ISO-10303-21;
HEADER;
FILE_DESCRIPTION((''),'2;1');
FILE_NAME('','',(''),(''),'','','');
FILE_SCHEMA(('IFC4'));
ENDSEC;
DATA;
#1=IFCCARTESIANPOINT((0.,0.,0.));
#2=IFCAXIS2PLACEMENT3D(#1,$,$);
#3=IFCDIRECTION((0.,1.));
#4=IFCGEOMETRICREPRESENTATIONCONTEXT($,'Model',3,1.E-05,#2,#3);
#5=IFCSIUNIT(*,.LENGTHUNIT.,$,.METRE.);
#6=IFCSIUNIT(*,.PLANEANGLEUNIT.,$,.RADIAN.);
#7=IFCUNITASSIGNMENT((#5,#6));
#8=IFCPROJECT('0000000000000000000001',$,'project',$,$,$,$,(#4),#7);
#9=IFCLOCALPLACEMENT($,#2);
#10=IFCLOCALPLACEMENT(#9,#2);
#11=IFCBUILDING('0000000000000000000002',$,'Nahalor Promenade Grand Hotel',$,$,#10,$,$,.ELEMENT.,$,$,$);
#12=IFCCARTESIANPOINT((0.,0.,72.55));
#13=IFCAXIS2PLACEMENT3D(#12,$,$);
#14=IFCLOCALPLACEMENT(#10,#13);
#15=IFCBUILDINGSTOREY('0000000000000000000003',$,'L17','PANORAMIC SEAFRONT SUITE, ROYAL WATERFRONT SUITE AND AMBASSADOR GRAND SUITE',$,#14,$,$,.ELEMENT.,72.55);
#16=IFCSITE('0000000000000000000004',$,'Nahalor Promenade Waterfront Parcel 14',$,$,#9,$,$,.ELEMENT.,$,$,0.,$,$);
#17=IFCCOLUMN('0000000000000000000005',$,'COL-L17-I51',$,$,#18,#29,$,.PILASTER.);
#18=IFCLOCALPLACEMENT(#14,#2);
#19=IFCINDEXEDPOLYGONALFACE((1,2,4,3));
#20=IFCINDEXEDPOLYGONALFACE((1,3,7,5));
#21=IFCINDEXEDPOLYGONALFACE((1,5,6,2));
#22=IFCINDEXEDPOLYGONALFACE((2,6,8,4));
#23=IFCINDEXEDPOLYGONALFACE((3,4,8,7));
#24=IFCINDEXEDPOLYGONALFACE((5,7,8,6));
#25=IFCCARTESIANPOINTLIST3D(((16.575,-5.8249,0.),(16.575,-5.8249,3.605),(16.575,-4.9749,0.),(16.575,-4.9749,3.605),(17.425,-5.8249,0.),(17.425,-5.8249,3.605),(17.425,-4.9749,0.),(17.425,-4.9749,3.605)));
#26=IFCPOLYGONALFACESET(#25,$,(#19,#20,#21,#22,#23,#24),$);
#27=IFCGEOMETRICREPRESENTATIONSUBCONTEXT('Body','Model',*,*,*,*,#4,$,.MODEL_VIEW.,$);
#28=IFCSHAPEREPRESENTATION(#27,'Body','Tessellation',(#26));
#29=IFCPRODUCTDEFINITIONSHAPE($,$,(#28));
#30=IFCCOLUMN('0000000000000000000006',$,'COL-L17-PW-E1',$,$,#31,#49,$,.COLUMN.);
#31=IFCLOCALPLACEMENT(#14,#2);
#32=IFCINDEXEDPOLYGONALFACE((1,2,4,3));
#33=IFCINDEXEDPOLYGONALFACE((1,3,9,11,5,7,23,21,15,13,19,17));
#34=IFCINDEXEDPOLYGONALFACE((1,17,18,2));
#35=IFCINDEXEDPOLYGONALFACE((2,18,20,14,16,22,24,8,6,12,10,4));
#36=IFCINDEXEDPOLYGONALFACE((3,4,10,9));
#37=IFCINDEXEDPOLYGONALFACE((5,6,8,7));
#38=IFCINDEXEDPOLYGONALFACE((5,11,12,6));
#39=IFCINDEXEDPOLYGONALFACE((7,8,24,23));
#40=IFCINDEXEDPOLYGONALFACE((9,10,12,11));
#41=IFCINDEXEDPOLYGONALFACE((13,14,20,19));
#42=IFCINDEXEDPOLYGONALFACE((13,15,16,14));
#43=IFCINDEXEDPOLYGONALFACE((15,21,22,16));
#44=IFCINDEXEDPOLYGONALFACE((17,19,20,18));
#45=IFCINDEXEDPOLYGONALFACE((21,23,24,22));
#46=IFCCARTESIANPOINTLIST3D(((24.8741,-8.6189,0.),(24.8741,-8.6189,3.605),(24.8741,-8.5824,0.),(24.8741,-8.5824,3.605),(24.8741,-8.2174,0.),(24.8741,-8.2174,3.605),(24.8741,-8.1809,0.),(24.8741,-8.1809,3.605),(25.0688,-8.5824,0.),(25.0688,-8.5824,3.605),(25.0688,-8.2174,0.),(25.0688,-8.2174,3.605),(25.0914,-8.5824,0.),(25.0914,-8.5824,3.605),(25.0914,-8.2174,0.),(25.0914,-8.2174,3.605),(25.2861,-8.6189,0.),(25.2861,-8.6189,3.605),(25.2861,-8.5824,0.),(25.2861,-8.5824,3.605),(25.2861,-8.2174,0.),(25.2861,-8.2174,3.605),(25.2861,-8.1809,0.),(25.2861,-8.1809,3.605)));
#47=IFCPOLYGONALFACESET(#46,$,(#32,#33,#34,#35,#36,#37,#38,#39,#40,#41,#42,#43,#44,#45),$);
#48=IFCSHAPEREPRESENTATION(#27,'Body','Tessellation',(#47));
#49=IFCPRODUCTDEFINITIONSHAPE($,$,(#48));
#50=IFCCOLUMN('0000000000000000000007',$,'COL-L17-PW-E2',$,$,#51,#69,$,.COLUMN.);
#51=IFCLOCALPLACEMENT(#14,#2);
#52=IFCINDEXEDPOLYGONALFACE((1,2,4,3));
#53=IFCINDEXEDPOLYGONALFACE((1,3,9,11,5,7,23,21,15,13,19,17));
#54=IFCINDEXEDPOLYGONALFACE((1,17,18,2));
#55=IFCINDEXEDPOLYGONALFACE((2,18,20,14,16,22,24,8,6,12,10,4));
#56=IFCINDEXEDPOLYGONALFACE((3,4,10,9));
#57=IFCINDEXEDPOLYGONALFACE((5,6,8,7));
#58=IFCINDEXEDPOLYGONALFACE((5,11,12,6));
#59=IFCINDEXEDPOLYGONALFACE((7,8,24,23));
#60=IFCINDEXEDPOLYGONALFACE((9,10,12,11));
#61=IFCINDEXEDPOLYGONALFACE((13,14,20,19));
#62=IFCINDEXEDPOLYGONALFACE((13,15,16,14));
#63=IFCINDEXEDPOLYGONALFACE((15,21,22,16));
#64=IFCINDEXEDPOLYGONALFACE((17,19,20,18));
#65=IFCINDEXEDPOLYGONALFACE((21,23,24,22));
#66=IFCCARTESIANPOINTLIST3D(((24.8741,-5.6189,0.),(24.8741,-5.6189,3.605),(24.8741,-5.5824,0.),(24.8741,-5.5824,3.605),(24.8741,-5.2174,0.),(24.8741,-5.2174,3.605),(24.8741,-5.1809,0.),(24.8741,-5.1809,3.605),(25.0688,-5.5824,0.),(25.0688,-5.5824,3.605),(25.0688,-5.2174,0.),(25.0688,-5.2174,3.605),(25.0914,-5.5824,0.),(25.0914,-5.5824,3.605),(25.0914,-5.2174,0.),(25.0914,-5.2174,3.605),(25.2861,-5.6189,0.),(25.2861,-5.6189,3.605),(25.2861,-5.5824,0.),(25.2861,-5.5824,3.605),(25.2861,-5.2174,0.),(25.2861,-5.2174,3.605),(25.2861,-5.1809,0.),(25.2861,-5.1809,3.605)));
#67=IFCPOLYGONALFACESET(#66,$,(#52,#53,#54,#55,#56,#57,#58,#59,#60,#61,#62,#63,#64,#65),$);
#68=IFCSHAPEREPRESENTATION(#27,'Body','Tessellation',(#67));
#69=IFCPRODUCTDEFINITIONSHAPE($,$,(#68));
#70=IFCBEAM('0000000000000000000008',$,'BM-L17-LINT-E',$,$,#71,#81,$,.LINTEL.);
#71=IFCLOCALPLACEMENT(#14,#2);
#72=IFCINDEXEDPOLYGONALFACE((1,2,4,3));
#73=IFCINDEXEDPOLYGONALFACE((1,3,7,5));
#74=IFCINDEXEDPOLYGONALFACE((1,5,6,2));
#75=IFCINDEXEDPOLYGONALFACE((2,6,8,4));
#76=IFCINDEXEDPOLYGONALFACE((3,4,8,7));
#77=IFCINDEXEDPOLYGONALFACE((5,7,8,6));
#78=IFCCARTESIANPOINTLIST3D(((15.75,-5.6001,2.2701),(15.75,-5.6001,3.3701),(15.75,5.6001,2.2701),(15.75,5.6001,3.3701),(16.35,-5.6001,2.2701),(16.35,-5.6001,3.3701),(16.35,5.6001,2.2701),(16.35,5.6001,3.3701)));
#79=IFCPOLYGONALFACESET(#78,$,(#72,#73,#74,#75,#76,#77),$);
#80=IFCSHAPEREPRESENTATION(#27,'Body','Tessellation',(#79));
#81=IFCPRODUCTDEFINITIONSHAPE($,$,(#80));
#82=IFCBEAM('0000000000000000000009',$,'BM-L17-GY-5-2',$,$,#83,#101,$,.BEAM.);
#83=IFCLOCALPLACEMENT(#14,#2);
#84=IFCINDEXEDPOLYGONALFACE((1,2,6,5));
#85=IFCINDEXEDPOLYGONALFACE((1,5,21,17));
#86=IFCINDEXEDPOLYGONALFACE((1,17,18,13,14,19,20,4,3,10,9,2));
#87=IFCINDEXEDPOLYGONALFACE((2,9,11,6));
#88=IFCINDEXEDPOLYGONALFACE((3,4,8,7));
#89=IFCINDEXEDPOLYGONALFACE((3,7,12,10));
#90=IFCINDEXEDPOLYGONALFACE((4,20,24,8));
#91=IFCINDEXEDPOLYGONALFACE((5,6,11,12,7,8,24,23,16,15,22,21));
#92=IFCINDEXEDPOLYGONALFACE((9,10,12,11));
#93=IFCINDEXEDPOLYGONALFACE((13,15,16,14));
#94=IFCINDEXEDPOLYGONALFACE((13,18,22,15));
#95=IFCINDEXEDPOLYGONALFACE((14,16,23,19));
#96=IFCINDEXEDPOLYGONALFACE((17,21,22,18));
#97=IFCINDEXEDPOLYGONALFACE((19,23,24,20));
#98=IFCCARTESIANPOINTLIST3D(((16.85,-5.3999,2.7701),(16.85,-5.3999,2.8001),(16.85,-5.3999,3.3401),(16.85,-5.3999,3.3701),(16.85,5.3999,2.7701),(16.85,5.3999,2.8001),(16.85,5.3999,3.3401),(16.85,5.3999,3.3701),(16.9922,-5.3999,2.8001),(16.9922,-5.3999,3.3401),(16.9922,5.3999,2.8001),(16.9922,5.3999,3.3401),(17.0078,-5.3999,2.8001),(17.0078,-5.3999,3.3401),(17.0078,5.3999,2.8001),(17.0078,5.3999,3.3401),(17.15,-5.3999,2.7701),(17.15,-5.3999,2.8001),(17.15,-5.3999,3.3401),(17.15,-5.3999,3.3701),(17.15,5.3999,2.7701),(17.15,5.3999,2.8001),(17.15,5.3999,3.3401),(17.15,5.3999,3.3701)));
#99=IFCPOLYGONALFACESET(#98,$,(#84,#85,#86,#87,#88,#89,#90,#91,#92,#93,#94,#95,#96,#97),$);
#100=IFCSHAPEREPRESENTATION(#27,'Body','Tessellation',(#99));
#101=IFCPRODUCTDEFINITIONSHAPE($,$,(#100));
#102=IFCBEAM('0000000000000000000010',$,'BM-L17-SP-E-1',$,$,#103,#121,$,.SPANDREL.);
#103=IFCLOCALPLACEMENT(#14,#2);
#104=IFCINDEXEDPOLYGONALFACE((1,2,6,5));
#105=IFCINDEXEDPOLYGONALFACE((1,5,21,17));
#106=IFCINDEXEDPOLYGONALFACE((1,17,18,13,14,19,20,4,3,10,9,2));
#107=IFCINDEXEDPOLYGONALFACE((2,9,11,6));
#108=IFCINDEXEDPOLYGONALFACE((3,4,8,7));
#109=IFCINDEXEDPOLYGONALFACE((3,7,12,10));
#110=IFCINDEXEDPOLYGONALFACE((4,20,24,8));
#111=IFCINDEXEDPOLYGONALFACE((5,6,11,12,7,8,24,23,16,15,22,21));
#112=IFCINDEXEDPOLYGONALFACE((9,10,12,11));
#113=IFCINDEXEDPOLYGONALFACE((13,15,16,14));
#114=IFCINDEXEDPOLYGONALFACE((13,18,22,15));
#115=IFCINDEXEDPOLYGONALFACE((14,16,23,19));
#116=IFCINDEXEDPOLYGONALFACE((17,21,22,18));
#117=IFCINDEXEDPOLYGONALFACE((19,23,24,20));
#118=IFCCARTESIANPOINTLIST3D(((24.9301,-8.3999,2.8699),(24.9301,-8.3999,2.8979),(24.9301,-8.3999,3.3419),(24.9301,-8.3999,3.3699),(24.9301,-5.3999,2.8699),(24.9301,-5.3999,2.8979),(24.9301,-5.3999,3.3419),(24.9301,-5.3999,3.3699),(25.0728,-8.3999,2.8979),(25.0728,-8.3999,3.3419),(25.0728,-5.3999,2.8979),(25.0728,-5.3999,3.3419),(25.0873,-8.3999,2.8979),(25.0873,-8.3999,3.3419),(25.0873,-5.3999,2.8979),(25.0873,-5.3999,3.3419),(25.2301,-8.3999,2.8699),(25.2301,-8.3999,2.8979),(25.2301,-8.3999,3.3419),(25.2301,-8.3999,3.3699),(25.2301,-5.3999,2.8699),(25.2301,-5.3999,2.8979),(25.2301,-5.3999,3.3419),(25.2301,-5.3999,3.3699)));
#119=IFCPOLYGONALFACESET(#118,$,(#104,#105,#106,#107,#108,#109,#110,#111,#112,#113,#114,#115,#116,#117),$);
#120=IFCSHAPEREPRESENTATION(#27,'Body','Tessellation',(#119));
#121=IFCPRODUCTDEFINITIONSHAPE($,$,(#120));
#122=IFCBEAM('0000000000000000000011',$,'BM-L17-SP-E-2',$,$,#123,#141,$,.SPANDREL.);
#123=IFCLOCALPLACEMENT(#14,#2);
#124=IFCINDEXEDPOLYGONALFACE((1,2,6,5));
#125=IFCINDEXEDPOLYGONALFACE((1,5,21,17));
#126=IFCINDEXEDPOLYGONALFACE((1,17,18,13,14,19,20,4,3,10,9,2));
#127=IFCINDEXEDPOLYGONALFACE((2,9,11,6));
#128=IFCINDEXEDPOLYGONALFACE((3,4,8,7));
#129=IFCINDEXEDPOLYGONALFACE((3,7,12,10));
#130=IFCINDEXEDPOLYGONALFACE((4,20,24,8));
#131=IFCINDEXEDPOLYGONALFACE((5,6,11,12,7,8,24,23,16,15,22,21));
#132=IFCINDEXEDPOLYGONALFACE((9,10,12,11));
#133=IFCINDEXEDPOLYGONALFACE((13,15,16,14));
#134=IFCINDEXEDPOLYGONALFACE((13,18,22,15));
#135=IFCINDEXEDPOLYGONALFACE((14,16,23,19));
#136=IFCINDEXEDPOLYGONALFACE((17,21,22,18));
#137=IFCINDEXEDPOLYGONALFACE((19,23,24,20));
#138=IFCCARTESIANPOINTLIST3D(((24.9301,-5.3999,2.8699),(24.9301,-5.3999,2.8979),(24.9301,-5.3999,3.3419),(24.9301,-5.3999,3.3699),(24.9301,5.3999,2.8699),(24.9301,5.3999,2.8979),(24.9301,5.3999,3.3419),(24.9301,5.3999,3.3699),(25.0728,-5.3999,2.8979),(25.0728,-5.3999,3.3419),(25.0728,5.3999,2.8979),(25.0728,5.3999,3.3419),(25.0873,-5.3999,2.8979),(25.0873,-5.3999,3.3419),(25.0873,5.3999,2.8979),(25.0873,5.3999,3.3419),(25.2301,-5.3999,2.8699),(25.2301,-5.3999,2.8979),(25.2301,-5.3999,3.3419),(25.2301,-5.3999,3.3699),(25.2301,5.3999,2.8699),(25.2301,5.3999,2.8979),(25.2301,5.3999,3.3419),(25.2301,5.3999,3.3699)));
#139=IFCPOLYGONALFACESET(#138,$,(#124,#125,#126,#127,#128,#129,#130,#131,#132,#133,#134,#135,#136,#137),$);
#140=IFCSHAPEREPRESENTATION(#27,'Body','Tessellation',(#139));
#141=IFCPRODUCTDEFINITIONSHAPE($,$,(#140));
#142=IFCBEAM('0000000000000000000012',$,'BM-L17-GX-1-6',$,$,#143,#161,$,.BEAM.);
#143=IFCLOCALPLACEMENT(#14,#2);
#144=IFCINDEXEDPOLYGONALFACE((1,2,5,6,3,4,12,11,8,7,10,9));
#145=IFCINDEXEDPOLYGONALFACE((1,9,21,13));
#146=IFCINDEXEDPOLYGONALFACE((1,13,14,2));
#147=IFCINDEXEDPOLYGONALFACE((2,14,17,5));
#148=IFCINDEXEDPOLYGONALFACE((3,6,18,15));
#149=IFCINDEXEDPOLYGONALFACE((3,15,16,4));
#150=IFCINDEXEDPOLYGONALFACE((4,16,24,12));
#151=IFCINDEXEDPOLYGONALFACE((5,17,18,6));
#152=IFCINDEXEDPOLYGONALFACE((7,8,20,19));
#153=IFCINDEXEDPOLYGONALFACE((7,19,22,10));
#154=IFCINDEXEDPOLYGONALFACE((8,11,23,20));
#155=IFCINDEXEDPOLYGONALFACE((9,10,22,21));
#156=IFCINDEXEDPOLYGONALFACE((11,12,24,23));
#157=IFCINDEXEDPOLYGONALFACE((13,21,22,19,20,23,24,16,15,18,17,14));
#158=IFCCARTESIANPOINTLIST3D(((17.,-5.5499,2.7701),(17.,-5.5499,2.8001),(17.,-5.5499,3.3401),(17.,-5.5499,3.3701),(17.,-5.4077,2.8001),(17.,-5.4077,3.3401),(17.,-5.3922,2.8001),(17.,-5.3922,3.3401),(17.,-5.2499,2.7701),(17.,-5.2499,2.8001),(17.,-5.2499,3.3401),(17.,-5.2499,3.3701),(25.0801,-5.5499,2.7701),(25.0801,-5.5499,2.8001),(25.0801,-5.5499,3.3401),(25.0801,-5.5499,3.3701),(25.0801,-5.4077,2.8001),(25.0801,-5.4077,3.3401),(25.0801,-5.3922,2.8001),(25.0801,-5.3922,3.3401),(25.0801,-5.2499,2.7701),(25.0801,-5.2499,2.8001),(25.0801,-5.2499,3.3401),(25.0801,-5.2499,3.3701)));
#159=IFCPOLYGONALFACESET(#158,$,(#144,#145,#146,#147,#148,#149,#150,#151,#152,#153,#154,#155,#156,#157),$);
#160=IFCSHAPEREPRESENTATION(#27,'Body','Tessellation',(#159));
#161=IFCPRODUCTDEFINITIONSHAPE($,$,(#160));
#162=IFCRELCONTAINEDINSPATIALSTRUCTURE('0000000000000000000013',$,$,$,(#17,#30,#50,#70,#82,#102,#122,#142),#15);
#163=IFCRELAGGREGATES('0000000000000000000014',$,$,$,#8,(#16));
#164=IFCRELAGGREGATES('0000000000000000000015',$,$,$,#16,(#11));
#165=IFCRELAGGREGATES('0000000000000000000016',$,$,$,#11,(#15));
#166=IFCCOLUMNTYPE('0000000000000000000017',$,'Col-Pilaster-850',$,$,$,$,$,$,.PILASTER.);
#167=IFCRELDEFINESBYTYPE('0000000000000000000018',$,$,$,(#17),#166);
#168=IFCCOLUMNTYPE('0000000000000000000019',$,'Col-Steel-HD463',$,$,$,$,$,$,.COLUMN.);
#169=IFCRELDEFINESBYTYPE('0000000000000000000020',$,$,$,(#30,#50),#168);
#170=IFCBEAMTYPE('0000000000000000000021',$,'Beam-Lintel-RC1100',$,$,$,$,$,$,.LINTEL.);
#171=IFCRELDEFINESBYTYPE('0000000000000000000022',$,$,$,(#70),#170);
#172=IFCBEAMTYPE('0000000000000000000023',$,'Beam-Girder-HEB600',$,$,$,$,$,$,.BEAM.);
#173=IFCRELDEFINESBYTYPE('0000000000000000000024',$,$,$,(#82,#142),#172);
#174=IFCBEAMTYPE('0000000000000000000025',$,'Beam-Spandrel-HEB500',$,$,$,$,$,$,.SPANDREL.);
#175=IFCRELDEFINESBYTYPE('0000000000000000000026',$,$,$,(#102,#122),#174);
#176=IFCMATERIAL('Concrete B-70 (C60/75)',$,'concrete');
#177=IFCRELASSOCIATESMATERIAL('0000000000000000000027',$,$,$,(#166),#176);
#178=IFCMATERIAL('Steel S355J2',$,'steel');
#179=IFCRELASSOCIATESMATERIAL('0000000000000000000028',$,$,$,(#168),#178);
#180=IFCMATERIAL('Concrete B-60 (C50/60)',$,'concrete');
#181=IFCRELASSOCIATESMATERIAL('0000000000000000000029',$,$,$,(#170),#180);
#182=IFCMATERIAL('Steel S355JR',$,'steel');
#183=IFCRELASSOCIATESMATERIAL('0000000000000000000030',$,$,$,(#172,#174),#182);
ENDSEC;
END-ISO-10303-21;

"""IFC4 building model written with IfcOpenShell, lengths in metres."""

from ifc_helpers import new_model, si_unit, direction, frame, origin, origin_2d, place, context, subcontext, project, spatial, rectangle, i_section, extrude, source, transform, mapped, material, material_profile, profile_set, type_object, element, save


model = new_model("IFC4")

# Units and contexts
model_context = context("Model", 3, precision=1e-05, world=origin(), true_north=direction((0.0, 1.0)))
body_context = subcontext(model_context, "Body", "Model", "MODEL_VIEW")
ifc_project = project(units=[si_unit("LENGTHUNIT", "METRE"), si_unit("PLANEANGLEUNIT", "RADIAN")], contexts=[model_context])

# Site, building, storey
site_placement = place(None, origin())
site = spatial("IfcSite", under=ifc_project, at=site_placement, Name="Nahalor Promenade Waterfront Parcel 14", CompositionType="ELEMENT", RefElevation=0.0)
building_placement = place(site_placement, origin())
building = spatial("IfcBuilding", under=site, at=building_placement, Name="Nahalor Promenade Grand Hotel", CompositionType="ELEMENT")
storey_placement = place(building_placement, frame((0.0, 0.0, 72.55)))
storey = spatial("IfcBuildingStorey", under=building, at=storey_placement, Name="L17", Description="PANORAMIC SEAFRONT SUITE, ROYAL WATERFRONT SUITE AND AMBASSADOR GRAND SUITE", CompositionType="ELEMENT", Elevation=72.55)

# Columns
ifc_material_1 = material(Name="Concrete B-70 (C60/75)", Category="concrete")
ifc_material_profile_1 = material_profile(ifc_material_1, rectangle(XDim=0.85, YDim=0.85, at=origin_2d()), Name="RC 850x850")
ifc_profile_set_1 = profile_set([ifc_material_profile_1], Name="Concrete B-70 (C60/75)")
column_type_1 = type_object("IfcColumnType", Name="Col-Pilaster-850", PredefinedType="PILASTER", material=ifc_profile_set_1)
shared_shape_1 = source(origin(), body_context, "Body", "SweptSolid", [
    extrude(rectangle(XDim=0.85, YDim=0.85, at=origin_2d()), origin(), (0.0, 0.0, 1.0), 3.605),
])
column_placement = place(storey_placement, frame((17.0, -5.3999, 0.0), z_axis=(0.0, 0.0, 1.0), x_axis=(1.0, 0.0, 0.0)))
element("IfcColumn", 1, at=column_placement, inside=storey, type_object=column_type_1, Name="COL-L17-I51", PredefinedType="PILASTER", context=body_context, shape_type="MappedRepresentation", body=[
    mapped(shared_shape_1, transform((0.0, 0.0, 0.0), scale=1.0)),
])
ifc_material_2 = material(Name="Steel S355J2", Category="steel")
ifc_material_profile_2 = material_profile(ifc_material_2, i_section(OverallWidth=0.412, OverallDepth=0.438, WebThickness=0.0226, FlangeThickness=0.0365, at=origin_2d()), Name="HD 400x463")
ifc_profile_set_2 = profile_set([ifc_material_profile_2], Name="Steel S355J2")
column_type_2 = type_object("IfcColumnType", Name="Col-Steel-HD463", PredefinedType="COLUMN", material=ifc_profile_set_2)
shared_shape_2 = source(origin(), body_context, "Body", "SweptSolid", [
    extrude(i_section(OverallWidth=0.412, OverallDepth=0.438, WebThickness=0.0226, FlangeThickness=0.0365, at=origin_2d()), origin(), (0.0, 0.0, 1.0), 3.605),
])
for number, where, z_axis, x_axis, name in (
    (2, (25.0801, -8.3999, 0.0), (0.0, 0.0, 1.0), (1.0, 0.0, 0.0), "COL-L17-PW-E1"),
    (3, (25.0801, -5.3999, 0.0), (0.0, 0.0, 1.0), (1.0, 0.0, 0.0), "COL-L17-PW-E2"),
):
    element("IfcColumn", number, at=place(storey_placement, frame(where, z_axis=z_axis, x_axis=x_axis)), inside=storey, type_object=column_type_2, Name=name, PredefinedType="COLUMN", context=body_context, shape_type="MappedRepresentation", body=[
        mapped(shared_shape_2, transform((0.0, 0.0, 0.0), scale=1.0)),
    ])

# Beams
ifc_material_3 = material(Name="Concrete B-60 (C50/60)", Category="concrete")
ifc_material_profile_3 = material_profile(ifc_material_3, rectangle(XDim=0.6, YDim=1.1, at=origin_2d()), Name="RC 600x1100")
ifc_profile_set_3 = profile_set([ifc_material_profile_3], Name="Concrete B-60 (C50/60)")
beam_type_1 = type_object("IfcBeamType", Name="Beam-Lintel-RC1100", PredefinedType="LINTEL", material=ifc_profile_set_3)
shared_shape_3 = source(origin(), body_context, "Body", "SweptSolid", [
    extrude(rectangle(XDim=0.6, YDim=1.1, at=origin_2d()), origin(), (0.0, 0.0, 1.0), 11.2002),
])
beam_1_placement = place(storey_placement, frame((16.05, -5.6001, 2.8201), z_axis=(0.0, 1.0, 0.0), x_axis=(-1.0, 0.0, 0.0)))
element("IfcBeam", 4, at=beam_1_placement, inside=storey, type_object=beam_type_1, Name="BM-L17-LINT-E", PredefinedType="LINTEL", context=body_context, shape_type="MappedRepresentation", body=[
    mapped(shared_shape_3, transform((0.0, 0.0, 0.0), scale=1.0)),
])
ifc_material_4 = material(Name="Steel S355JR", Category="steel")
ifc_material_profile_4 = material_profile(ifc_material_4, i_section(OverallWidth=0.3, OverallDepth=0.6, WebThickness=0.0155, FlangeThickness=0.03, at=origin_2d()), Name="HEB 600")
ifc_profile_set_4 = profile_set([ifc_material_profile_4], Name="Steel S355JR")
beam_type_2 = type_object("IfcBeamType", Name="Beam-Girder-HEB600", PredefinedType="BEAM", material=ifc_profile_set_4)
shared_shape_4 = source(origin(), body_context, "Body", "SweptSolid", [
    extrude(i_section(OverallWidth=0.3, OverallDepth=0.6, WebThickness=0.0155, FlangeThickness=0.03, at=origin_2d()), origin(), (0.0, 0.0, 1.0), 10.7998),
])
beam_2_placement = place(storey_placement, frame((17.0, -5.3999, 3.0701), z_axis=(0.0, 1.0, 0.0), x_axis=(-1.0, 0.0, 0.0)))
element("IfcBeam", 5, at=beam_2_placement, inside=storey, type_object=beam_type_2, Name="BM-L17-GY-5-2", PredefinedType="BEAM", context=body_context, shape_type="MappedRepresentation", body=[
    mapped(shared_shape_4, transform((0.0, 0.0, 0.0), scale=1.0)),
])
ifc_material_profile_5 = material_profile(ifc_material_4, i_section(OverallWidth=0.3, OverallDepth=0.5, WebThickness=0.0145, FlangeThickness=0.028, at=origin_2d()), Name="HEB 500")
ifc_profile_set_5 = profile_set([ifc_material_profile_5], Name="Steel S355JR")
beam_type_3 = type_object("IfcBeamType", Name="Beam-Spandrel-HEB500", PredefinedType="SPANDREL", material=ifc_profile_set_5)
shared_shape_5 = source(origin(), body_context, "Body", "SweptSolid", [
    extrude(i_section(OverallWidth=0.3, OverallDepth=0.5, WebThickness=0.0145, FlangeThickness=0.028, at=origin_2d()), origin(), (0.0, 0.0, 1.0), 3.0),
])
beam_3_placement = place(storey_placement, frame((25.0801, -8.3999, 3.1199), z_axis=(0.0, 1.0, 0.0), x_axis=(-1.0, 0.0, 0.0)))
element("IfcBeam", 6, at=beam_3_placement, inside=storey, type_object=beam_type_3, Name="BM-L17-SP-E-1", PredefinedType="SPANDREL", context=body_context, shape_type="MappedRepresentation", body=[
    mapped(shared_shape_5, transform((0.0, 0.0, 0.0), scale=1.0)),
])
shared_shape_6 = source(origin(), body_context, "Body", "SweptSolid", [
    extrude(i_section(OverallWidth=0.3, OverallDepth=0.5, WebThickness=0.0145, FlangeThickness=0.028, at=origin_2d()), origin(), (0.0, 0.0, 1.0), 10.7998),
])
beam_4_placement = place(storey_placement, frame((25.0801, -5.3999, 3.1199), z_axis=(0.0, 1.0, 0.0), x_axis=(-1.0, 0.0, 0.0)))
element("IfcBeam", 7, at=beam_4_placement, inside=storey, type_object=beam_type_3, Name="BM-L17-SP-E-2", PredefinedType="SPANDREL", context=body_context, shape_type="MappedRepresentation", body=[
    mapped(shared_shape_6, transform((0.0, 0.0, 0.0), scale=1.0)),
])
shared_shape_7 = source(origin(), body_context, "Body", "SweptSolid", [
    extrude(i_section(OverallWidth=0.3, OverallDepth=0.6, WebThickness=0.0155, FlangeThickness=0.03, at=origin_2d()), origin(), (0.0, 0.0, 1.0), 8.0801),
])
beam_5_placement = place(storey_placement, frame((17.0, -5.3999, 3.0701), z_axis=(1.0, 0.0, 0.0), x_axis=(0.0, 1.0, 0.0)))
element("IfcBeam", 8, at=beam_5_placement, inside=storey, type_object=beam_type_2, Name="BM-L17-GX-1-6", PredefinedType="BEAM", context=body_context, shape_type="MappedRepresentation", body=[
    mapped(shared_shape_7, transform((0.0, 0.0, 0.0), scale=1.0)),
])

save(model, "model.ifc")
